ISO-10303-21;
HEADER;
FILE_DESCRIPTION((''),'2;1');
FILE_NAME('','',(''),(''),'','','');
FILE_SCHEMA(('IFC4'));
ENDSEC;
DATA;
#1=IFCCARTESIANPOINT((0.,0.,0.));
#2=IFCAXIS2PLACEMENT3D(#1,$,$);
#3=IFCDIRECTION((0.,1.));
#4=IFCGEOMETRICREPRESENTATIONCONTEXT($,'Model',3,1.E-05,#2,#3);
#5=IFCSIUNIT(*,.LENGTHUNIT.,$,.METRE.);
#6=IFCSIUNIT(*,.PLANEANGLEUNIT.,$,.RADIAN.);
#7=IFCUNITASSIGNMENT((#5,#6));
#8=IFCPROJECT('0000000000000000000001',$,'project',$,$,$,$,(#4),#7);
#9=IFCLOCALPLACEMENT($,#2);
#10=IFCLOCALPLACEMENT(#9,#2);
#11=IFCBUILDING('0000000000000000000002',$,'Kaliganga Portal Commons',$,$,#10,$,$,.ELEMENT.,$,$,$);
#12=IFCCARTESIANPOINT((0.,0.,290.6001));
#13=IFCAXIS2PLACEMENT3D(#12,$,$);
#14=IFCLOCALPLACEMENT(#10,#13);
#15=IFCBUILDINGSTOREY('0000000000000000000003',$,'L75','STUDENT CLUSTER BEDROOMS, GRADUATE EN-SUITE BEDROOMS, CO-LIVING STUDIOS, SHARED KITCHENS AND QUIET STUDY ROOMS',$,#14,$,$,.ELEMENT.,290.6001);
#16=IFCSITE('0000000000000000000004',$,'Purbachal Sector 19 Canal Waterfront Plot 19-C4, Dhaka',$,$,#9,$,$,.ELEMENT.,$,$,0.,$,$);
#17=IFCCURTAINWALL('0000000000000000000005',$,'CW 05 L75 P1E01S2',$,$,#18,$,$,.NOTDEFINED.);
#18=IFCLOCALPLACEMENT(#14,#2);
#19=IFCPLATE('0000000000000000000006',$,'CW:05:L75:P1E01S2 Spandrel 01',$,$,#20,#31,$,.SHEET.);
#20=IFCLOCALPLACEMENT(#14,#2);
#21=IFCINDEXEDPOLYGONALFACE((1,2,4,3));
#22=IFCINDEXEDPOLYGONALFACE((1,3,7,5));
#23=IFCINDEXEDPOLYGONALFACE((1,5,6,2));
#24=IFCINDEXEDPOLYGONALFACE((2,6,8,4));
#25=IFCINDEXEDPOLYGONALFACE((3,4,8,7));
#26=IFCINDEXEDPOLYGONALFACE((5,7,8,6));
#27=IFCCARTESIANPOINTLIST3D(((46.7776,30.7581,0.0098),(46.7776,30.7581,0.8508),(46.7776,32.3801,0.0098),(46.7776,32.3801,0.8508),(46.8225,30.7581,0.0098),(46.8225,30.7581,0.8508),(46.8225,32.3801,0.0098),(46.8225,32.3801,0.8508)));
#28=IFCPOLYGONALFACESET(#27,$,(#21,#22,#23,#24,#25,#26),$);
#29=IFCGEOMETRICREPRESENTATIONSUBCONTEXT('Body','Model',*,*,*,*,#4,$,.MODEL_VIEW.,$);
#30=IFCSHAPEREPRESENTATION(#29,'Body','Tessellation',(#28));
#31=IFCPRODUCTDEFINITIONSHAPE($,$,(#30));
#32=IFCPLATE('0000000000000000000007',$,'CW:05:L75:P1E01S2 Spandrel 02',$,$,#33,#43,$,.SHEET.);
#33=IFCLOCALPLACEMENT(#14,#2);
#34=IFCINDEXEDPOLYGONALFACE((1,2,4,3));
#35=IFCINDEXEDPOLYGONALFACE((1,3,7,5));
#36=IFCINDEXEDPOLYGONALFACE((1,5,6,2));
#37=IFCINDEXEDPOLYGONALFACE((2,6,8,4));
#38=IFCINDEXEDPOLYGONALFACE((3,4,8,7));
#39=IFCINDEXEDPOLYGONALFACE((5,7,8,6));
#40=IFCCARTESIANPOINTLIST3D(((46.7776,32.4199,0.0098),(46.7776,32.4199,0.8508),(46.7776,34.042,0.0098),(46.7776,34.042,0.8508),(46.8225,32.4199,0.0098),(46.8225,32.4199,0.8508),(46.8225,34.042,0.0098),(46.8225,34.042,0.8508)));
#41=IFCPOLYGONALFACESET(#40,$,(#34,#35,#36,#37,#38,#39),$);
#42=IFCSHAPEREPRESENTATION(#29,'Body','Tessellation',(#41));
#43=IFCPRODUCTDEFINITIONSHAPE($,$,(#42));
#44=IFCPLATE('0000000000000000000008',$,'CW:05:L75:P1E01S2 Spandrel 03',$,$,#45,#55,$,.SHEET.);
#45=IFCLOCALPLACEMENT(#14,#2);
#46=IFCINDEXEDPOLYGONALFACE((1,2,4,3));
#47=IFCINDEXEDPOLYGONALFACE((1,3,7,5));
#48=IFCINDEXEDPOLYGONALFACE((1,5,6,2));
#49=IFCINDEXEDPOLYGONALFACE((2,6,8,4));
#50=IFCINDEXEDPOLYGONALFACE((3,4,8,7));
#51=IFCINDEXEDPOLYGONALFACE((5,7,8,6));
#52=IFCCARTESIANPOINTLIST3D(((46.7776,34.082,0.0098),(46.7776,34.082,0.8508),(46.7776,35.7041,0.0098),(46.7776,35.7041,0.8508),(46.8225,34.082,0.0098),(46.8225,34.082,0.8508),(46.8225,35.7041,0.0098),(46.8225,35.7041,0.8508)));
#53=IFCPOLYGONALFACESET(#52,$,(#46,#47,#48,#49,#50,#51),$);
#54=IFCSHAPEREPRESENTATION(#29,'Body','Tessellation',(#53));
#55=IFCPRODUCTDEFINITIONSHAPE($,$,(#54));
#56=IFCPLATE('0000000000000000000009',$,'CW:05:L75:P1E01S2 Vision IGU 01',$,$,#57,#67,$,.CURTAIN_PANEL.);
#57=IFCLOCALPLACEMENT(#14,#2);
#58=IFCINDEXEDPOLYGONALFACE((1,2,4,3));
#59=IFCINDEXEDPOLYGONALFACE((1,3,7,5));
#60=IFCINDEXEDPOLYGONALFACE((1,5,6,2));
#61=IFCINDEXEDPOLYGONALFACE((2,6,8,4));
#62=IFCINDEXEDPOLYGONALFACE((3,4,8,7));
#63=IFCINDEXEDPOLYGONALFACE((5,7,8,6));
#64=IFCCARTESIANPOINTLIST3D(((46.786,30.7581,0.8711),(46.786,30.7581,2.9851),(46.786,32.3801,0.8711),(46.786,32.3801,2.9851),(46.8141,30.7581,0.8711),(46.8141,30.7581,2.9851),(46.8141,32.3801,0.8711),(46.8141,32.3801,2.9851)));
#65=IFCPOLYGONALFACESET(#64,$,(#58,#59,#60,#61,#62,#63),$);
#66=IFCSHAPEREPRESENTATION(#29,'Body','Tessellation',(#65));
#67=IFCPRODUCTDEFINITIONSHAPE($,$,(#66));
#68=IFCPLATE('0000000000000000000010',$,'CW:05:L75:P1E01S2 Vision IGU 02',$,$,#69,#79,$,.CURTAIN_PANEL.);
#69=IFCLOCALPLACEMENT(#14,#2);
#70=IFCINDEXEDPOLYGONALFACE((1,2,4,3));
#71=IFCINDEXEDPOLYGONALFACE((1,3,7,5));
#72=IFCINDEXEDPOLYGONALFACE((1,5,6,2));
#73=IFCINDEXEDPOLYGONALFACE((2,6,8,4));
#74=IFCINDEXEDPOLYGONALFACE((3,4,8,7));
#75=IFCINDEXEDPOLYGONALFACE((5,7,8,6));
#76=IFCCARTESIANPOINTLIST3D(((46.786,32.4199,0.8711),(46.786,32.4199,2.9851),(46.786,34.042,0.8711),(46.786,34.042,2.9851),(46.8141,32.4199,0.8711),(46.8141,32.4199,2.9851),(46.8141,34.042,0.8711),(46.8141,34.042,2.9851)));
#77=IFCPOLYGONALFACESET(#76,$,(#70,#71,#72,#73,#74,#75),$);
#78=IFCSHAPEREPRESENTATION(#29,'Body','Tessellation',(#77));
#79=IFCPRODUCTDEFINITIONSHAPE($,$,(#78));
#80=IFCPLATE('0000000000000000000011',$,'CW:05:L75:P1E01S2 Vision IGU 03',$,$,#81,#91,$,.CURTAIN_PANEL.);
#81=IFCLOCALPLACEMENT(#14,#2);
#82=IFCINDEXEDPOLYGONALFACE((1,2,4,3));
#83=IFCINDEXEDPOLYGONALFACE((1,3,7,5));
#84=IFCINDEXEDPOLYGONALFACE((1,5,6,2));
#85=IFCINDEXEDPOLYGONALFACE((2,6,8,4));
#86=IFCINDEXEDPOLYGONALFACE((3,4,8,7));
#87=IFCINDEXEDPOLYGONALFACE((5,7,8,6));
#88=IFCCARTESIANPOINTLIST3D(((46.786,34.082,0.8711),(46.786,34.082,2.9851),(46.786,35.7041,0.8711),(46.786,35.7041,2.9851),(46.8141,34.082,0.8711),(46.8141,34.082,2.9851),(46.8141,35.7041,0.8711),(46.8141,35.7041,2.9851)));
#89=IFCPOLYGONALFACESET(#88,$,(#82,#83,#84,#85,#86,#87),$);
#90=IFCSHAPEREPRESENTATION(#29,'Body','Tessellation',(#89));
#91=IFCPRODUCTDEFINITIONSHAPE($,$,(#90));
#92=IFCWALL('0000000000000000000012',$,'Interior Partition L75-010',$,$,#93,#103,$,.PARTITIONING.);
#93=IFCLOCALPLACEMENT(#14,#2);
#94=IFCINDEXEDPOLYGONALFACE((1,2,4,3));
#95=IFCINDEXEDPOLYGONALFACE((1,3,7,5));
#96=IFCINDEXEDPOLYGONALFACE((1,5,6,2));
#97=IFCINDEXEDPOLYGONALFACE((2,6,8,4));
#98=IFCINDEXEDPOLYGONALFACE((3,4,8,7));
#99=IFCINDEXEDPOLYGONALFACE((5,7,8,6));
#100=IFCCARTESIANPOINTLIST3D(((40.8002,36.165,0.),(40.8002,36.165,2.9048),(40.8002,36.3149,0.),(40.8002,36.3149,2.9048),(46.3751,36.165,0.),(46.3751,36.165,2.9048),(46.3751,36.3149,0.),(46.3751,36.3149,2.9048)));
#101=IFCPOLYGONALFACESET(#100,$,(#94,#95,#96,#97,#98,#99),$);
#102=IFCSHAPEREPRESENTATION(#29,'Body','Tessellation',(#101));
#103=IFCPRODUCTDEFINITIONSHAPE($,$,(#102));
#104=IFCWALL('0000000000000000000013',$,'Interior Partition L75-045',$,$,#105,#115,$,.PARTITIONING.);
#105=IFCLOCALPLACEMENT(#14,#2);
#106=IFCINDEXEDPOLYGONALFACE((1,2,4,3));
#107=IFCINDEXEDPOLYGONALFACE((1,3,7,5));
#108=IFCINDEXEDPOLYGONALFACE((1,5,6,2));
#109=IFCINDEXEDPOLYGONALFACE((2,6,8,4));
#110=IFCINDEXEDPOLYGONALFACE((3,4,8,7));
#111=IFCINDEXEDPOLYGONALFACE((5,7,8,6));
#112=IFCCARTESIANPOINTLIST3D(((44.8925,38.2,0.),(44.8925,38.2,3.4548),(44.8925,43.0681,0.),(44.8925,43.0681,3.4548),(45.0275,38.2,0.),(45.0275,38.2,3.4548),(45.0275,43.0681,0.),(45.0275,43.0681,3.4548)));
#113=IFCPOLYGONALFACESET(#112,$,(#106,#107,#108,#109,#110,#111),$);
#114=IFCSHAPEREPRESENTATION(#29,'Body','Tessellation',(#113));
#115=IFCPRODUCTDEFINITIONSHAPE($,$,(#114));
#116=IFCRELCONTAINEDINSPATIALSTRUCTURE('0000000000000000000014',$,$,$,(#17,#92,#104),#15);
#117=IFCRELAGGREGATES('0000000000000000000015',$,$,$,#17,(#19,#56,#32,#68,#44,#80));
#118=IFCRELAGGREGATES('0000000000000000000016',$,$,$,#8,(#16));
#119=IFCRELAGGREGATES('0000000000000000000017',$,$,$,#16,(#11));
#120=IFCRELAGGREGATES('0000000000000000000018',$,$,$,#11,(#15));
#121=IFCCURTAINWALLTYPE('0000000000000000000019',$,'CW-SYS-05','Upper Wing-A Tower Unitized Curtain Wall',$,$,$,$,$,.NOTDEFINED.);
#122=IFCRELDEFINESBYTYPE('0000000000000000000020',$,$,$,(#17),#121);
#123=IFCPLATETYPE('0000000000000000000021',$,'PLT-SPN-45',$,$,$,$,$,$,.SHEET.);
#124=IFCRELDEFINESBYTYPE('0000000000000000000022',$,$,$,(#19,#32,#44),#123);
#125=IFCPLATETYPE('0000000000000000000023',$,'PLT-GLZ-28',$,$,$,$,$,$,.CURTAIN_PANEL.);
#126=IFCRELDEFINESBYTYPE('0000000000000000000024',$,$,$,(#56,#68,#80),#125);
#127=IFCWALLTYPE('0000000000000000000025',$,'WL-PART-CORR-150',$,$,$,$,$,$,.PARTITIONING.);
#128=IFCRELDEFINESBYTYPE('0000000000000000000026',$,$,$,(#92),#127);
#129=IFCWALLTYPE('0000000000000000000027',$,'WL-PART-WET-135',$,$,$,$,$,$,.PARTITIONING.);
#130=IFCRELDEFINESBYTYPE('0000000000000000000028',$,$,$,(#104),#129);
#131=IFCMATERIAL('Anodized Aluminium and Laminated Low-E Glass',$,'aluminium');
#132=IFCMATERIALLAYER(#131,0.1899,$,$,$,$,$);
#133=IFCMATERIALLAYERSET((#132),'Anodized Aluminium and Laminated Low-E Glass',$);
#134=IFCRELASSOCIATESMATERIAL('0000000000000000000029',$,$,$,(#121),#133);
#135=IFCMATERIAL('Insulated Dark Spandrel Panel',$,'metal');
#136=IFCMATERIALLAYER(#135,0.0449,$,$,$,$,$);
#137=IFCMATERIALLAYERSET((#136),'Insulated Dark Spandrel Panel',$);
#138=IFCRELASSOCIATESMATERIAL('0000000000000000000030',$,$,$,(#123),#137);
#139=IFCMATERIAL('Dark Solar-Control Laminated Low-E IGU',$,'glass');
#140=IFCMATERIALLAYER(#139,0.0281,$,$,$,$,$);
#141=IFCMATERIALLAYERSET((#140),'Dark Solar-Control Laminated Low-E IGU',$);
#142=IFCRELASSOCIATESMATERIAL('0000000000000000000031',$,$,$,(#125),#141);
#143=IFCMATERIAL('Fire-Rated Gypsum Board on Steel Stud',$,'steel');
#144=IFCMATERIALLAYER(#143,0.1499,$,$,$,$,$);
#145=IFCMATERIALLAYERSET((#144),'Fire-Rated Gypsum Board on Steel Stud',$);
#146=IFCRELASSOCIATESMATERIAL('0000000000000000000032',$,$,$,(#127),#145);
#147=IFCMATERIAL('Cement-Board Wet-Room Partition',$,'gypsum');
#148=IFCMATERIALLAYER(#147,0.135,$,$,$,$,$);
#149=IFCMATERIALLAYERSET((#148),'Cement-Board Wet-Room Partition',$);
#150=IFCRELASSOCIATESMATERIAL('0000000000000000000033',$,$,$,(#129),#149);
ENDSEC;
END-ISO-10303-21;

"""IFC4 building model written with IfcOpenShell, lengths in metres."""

from ifc_helpers import new_model, si_unit, direction, frame, frame_2d, origin, origin_2d, place, context, subcontext, project, spatial, rectangle, extrude, source, transform, mapped, material, layer, layer_set, type_object, element, aggregate, save


model = new_model("IFC4")

# Units and contexts
model_context = context("Model", 3, precision=1e-05, world=origin(), true_north=direction((0.0, 1.0)))
body_context = subcontext(model_context, "Body", "Model", "MODEL_VIEW")
ifc_project = project(units=[si_unit("LENGTHUNIT", "METRE"), si_unit("PLANEANGLEUNIT", "RADIAN")], contexts=[model_context])

# Site, building, storey
site_placement = place(None, origin())
site = spatial("IfcSite", under=ifc_project, at=site_placement, Name="Purbachal Sector 19 Canal Waterfront Plot 19-C4, Dhaka", CompositionType="ELEMENT", RefElevation=0.0)
building_placement = place(site_placement, origin())
building = spatial("IfcBuilding", under=site, at=building_placement, Name="Kaliganga Portal Commons", CompositionType="ELEMENT")
storey_placement = place(building_placement, frame((0.0, 0.0, 290.6001)))
storey = spatial("IfcBuildingStorey", under=building, at=storey_placement, Name="L75", Description="STUDENT CLUSTER BEDROOMS, GRADUATE EN-SUITE BEDROOMS, CO-LIVING STUDIOS, SHARED KITCHENS AND QUIET STUDY ROOMS", CompositionType="ELEMENT", Elevation=290.6001)

# Curtain wall
ifc_material_1 = material(Name="Anodized Aluminium and Laminated Low-E Glass", Category="aluminium")
ifc_layer_1 = layer(ifc_material_1, 0.1899)
ifc_layer_set_1 = layer_set([ifc_layer_1], Name="Anodized Aluminium and Laminated Low-E Glass")
curtain_wall_type = type_object("IfcCurtainWallType", Name="CW-SYS-05", Description="Upper Wing-A Tower Unitized Curtain Wall", PredefinedType="NOTDEFINED", material=ifc_layer_set_1)
curtain_wall_1_placement = place(storey_placement, origin())
curtain_wall_1 = element("IfcCurtainWall", 1, at=curtain_wall_1_placement, inside=storey, type_object=curtain_wall_type, Name="CW 05 L75 P1E01S2", PredefinedType="NOTDEFINED")

# Shared definitions
ifc_material_2 = material(Name="Insulated Dark Spandrel Panel", Category="metal")
ifc_layer_2 = layer(ifc_material_2, 0.0449)
ifc_layer_set_2 = layer_set([ifc_layer_2], Name="Insulated Dark Spandrel Panel")
plate_type_1 = type_object("IfcPlateType", Name="PLT-SPN-45", PredefinedType="SHEET", material=ifc_layer_set_2)
ifc_material_3 = material(Name="Dark Solar-Control Laminated Low-E IGU", Category="glass")
ifc_layer_3 = layer(ifc_material_3, 0.0281)
ifc_layer_set_3 = layer_set([ifc_layer_3], Name="Dark Solar-Control Laminated Low-E IGU")
plate_type_2 = type_object("IfcPlateType", Name="PLT-GLZ-28", PredefinedType="CURTAIN_PANEL", material=ifc_layer_set_3)

# Plates
shared_shape_1 = source(origin(), body_context, "Body", "SweptSolid", [
    extrude(rectangle(XDim=1.6221, YDim=0.0449, at=origin_2d()), origin(), (0.0, 0.0, 1.0), 0.8411),
])
plate_1_placement = place(storey_placement, frame((46.8, 31.5691, 0.0098), z_axis=(0.0, 0.0, 1.0), x_axis=(0.0, 1.0, 0.0)))
plate_1 = element("IfcPlate", 2, at=plate_1_placement, type_object=plate_type_1, Name="CW:05:L75:P1E01S2 Spandrel 01", PredefinedType="SHEET", context=body_context, shape_type="MappedRepresentation", body=[
    mapped(shared_shape_1, transform((0.0, 0.0, 0.0), x_axis=(1.0, 0.0, 0.0), y_axis=(0.0, 1.0, 0.0), z_axis=(0.0, 0.0, 1.0), scale=1.0)),
])
plate_2_placement = place(storey_placement, frame((46.8, 33.231, 0.0098), z_axis=(0.0, 0.0, 1.0), x_axis=(0.0, 1.0, 0.0)))
plate_2 = element("IfcPlate", 3, at=plate_2_placement, type_object=plate_type_1, Name="CW:05:L75:P1E01S2 Spandrel 02", PredefinedType="SHEET", context=body_context, shape_type="MappedRepresentation", body=[
    mapped(shared_shape_1, transform((0.0, 0.0, 0.0), x_axis=(1.0, 0.0, 0.0), y_axis=(0.0, 1.0, 0.0), z_axis=(0.0, 0.0, 1.0), scale=1.0)),
])
plate_3_placement = place(storey_placement, frame((46.8, 34.8931, 0.0098), z_axis=(0.0, 0.0, 1.0), x_axis=(0.0, 1.0, 0.0)))
plate_3 = element("IfcPlate", 4, at=plate_3_placement, type_object=plate_type_1, Name="CW:05:L75:P1E01S2 Spandrel 03", PredefinedType="SHEET", context=body_context, shape_type="MappedRepresentation", body=[
    mapped(shared_shape_1, transform((0.0, 0.0, 0.0), x_axis=(1.0, 0.0, 0.0), y_axis=(0.0, 1.0, 0.0), z_axis=(0.0, 0.0, 1.0), scale=1.0)),
])
shared_shape_2 = source(origin(), body_context, "Body", "SweptSolid", [
    extrude(rectangle(XDim=1.6221, YDim=0.0281, at=origin_2d()), origin(), (0.0, 0.0, 1.0), 2.114),
])
plate_4_placement = place(storey_placement, frame((46.8, 31.5691, 0.8711), z_axis=(0.0, 0.0, 1.0), x_axis=(0.0, 1.0, 0.0)))
plate_4 = element("IfcPlate", 5, at=plate_4_placement, type_object=plate_type_2, Name="CW:05:L75:P1E01S2 Vision IGU 01", PredefinedType="CURTAIN_PANEL", context=body_context, shape_type="MappedRepresentation", body=[
    mapped(shared_shape_2, transform((0.0, 0.0, 0.0), x_axis=(1.0, 0.0, 0.0), y_axis=(0.0, 1.0, 0.0), z_axis=(0.0, 0.0, 1.0), scale=1.0)),
])
plate_5_placement = place(storey_placement, frame((46.8, 33.231, 0.8711), z_axis=(0.0, 0.0, 1.0), x_axis=(0.0, 1.0, 0.0)))
plate_5 = element("IfcPlate", 6, at=plate_5_placement, type_object=plate_type_2, Name="CW:05:L75:P1E01S2 Vision IGU 02", PredefinedType="CURTAIN_PANEL", context=body_context, shape_type="MappedRepresentation", body=[
    mapped(shared_shape_2, transform((0.0, 0.0, 0.0), x_axis=(1.0, 0.0, 0.0), y_axis=(0.0, 1.0, 0.0), z_axis=(0.0, 0.0, 1.0), scale=1.0)),
])
plate_6_placement = place(storey_placement, frame((46.8, 34.8931, 0.8711), z_axis=(0.0, 0.0, 1.0), x_axis=(0.0, 1.0, 0.0)))
plate_6 = element("IfcPlate", 7, at=plate_6_placement, type_object=plate_type_2, Name="CW:05:L75:P1E01S2 Vision IGU 03", PredefinedType="CURTAIN_PANEL", context=body_context, shape_type="MappedRepresentation", body=[
    mapped(shared_shape_2, transform((0.0, 0.0, 0.0), x_axis=(1.0, 0.0, 0.0), y_axis=(0.0, 1.0, 0.0), z_axis=(0.0, 0.0, 1.0), scale=1.0)),
])
aggregate(curtain_wall_1, [plate_1, plate_4, plate_2, plate_5, plate_3, plate_6])

# Wall
ifc_material_4 = material(Name="Fire-Rated Gypsum Board on Steel Stud", Category="steel")
ifc_layer_4 = layer(ifc_material_4, 0.1499)
ifc_layer_set_4 = layer_set([ifc_layer_4], Name="Fire-Rated Gypsum Board on Steel Stud")
wall_type_1 = type_object("IfcWallType", Name="WL-PART-CORR-150", PredefinedType="PARTITIONING", material=ifc_layer_set_4)
wall_1_placement = place(storey_placement, frame((40.8, 36.24, 0.0), z_axis=(0.0, 0.0, 1.0), x_axis=(1.0, 0.0, 0.0)))
element("IfcWall", 8, at=wall_1_placement, inside=storey, type_object=wall_type_1, Name="Interior Partition L75-010", PredefinedType="PARTITIONING", context=body_context, shape_type="SweptSolid", body=[
    extrude(rectangle(XDim=5.575, YDim=0.1499, at=frame_2d((2.7876, 0.0))), origin(), (0.0, 0.0, 1.0), 2.9048),
])

# Wall
ifc_material_5 = material(Name="Cement-Board Wet-Room Partition", Category="gypsum")
ifc_layer_5 = layer(ifc_material_5, 0.135)
ifc_layer_set_5 = layer_set([ifc_layer_5], Name="Cement-Board Wet-Room Partition")
wall_type_2 = type_object("IfcWallType", Name="WL-PART-WET-135", PredefinedType="PARTITIONING", material=ifc_layer_set_5)
wall_2_placement = place(storey_placement, frame((44.96, 38.2, 0.0), z_axis=(0.0, 0.0, 1.0), x_axis=(0.0, 1.0, 0.0)))
element("IfcWall", 9, at=wall_2_placement, inside=storey, type_object=wall_type_2, Name="Interior Partition L75-045", PredefinedType="PARTITIONING", context=body_context, shape_type="SweptSolid", body=[
    extrude(rectangle(XDim=4.8682, YDim=0.135, at=frame_2d((2.4341, 0.0))), origin(), (0.0, 0.0, 1.0), 3.4548),
])

save(model, "model.ifc")
